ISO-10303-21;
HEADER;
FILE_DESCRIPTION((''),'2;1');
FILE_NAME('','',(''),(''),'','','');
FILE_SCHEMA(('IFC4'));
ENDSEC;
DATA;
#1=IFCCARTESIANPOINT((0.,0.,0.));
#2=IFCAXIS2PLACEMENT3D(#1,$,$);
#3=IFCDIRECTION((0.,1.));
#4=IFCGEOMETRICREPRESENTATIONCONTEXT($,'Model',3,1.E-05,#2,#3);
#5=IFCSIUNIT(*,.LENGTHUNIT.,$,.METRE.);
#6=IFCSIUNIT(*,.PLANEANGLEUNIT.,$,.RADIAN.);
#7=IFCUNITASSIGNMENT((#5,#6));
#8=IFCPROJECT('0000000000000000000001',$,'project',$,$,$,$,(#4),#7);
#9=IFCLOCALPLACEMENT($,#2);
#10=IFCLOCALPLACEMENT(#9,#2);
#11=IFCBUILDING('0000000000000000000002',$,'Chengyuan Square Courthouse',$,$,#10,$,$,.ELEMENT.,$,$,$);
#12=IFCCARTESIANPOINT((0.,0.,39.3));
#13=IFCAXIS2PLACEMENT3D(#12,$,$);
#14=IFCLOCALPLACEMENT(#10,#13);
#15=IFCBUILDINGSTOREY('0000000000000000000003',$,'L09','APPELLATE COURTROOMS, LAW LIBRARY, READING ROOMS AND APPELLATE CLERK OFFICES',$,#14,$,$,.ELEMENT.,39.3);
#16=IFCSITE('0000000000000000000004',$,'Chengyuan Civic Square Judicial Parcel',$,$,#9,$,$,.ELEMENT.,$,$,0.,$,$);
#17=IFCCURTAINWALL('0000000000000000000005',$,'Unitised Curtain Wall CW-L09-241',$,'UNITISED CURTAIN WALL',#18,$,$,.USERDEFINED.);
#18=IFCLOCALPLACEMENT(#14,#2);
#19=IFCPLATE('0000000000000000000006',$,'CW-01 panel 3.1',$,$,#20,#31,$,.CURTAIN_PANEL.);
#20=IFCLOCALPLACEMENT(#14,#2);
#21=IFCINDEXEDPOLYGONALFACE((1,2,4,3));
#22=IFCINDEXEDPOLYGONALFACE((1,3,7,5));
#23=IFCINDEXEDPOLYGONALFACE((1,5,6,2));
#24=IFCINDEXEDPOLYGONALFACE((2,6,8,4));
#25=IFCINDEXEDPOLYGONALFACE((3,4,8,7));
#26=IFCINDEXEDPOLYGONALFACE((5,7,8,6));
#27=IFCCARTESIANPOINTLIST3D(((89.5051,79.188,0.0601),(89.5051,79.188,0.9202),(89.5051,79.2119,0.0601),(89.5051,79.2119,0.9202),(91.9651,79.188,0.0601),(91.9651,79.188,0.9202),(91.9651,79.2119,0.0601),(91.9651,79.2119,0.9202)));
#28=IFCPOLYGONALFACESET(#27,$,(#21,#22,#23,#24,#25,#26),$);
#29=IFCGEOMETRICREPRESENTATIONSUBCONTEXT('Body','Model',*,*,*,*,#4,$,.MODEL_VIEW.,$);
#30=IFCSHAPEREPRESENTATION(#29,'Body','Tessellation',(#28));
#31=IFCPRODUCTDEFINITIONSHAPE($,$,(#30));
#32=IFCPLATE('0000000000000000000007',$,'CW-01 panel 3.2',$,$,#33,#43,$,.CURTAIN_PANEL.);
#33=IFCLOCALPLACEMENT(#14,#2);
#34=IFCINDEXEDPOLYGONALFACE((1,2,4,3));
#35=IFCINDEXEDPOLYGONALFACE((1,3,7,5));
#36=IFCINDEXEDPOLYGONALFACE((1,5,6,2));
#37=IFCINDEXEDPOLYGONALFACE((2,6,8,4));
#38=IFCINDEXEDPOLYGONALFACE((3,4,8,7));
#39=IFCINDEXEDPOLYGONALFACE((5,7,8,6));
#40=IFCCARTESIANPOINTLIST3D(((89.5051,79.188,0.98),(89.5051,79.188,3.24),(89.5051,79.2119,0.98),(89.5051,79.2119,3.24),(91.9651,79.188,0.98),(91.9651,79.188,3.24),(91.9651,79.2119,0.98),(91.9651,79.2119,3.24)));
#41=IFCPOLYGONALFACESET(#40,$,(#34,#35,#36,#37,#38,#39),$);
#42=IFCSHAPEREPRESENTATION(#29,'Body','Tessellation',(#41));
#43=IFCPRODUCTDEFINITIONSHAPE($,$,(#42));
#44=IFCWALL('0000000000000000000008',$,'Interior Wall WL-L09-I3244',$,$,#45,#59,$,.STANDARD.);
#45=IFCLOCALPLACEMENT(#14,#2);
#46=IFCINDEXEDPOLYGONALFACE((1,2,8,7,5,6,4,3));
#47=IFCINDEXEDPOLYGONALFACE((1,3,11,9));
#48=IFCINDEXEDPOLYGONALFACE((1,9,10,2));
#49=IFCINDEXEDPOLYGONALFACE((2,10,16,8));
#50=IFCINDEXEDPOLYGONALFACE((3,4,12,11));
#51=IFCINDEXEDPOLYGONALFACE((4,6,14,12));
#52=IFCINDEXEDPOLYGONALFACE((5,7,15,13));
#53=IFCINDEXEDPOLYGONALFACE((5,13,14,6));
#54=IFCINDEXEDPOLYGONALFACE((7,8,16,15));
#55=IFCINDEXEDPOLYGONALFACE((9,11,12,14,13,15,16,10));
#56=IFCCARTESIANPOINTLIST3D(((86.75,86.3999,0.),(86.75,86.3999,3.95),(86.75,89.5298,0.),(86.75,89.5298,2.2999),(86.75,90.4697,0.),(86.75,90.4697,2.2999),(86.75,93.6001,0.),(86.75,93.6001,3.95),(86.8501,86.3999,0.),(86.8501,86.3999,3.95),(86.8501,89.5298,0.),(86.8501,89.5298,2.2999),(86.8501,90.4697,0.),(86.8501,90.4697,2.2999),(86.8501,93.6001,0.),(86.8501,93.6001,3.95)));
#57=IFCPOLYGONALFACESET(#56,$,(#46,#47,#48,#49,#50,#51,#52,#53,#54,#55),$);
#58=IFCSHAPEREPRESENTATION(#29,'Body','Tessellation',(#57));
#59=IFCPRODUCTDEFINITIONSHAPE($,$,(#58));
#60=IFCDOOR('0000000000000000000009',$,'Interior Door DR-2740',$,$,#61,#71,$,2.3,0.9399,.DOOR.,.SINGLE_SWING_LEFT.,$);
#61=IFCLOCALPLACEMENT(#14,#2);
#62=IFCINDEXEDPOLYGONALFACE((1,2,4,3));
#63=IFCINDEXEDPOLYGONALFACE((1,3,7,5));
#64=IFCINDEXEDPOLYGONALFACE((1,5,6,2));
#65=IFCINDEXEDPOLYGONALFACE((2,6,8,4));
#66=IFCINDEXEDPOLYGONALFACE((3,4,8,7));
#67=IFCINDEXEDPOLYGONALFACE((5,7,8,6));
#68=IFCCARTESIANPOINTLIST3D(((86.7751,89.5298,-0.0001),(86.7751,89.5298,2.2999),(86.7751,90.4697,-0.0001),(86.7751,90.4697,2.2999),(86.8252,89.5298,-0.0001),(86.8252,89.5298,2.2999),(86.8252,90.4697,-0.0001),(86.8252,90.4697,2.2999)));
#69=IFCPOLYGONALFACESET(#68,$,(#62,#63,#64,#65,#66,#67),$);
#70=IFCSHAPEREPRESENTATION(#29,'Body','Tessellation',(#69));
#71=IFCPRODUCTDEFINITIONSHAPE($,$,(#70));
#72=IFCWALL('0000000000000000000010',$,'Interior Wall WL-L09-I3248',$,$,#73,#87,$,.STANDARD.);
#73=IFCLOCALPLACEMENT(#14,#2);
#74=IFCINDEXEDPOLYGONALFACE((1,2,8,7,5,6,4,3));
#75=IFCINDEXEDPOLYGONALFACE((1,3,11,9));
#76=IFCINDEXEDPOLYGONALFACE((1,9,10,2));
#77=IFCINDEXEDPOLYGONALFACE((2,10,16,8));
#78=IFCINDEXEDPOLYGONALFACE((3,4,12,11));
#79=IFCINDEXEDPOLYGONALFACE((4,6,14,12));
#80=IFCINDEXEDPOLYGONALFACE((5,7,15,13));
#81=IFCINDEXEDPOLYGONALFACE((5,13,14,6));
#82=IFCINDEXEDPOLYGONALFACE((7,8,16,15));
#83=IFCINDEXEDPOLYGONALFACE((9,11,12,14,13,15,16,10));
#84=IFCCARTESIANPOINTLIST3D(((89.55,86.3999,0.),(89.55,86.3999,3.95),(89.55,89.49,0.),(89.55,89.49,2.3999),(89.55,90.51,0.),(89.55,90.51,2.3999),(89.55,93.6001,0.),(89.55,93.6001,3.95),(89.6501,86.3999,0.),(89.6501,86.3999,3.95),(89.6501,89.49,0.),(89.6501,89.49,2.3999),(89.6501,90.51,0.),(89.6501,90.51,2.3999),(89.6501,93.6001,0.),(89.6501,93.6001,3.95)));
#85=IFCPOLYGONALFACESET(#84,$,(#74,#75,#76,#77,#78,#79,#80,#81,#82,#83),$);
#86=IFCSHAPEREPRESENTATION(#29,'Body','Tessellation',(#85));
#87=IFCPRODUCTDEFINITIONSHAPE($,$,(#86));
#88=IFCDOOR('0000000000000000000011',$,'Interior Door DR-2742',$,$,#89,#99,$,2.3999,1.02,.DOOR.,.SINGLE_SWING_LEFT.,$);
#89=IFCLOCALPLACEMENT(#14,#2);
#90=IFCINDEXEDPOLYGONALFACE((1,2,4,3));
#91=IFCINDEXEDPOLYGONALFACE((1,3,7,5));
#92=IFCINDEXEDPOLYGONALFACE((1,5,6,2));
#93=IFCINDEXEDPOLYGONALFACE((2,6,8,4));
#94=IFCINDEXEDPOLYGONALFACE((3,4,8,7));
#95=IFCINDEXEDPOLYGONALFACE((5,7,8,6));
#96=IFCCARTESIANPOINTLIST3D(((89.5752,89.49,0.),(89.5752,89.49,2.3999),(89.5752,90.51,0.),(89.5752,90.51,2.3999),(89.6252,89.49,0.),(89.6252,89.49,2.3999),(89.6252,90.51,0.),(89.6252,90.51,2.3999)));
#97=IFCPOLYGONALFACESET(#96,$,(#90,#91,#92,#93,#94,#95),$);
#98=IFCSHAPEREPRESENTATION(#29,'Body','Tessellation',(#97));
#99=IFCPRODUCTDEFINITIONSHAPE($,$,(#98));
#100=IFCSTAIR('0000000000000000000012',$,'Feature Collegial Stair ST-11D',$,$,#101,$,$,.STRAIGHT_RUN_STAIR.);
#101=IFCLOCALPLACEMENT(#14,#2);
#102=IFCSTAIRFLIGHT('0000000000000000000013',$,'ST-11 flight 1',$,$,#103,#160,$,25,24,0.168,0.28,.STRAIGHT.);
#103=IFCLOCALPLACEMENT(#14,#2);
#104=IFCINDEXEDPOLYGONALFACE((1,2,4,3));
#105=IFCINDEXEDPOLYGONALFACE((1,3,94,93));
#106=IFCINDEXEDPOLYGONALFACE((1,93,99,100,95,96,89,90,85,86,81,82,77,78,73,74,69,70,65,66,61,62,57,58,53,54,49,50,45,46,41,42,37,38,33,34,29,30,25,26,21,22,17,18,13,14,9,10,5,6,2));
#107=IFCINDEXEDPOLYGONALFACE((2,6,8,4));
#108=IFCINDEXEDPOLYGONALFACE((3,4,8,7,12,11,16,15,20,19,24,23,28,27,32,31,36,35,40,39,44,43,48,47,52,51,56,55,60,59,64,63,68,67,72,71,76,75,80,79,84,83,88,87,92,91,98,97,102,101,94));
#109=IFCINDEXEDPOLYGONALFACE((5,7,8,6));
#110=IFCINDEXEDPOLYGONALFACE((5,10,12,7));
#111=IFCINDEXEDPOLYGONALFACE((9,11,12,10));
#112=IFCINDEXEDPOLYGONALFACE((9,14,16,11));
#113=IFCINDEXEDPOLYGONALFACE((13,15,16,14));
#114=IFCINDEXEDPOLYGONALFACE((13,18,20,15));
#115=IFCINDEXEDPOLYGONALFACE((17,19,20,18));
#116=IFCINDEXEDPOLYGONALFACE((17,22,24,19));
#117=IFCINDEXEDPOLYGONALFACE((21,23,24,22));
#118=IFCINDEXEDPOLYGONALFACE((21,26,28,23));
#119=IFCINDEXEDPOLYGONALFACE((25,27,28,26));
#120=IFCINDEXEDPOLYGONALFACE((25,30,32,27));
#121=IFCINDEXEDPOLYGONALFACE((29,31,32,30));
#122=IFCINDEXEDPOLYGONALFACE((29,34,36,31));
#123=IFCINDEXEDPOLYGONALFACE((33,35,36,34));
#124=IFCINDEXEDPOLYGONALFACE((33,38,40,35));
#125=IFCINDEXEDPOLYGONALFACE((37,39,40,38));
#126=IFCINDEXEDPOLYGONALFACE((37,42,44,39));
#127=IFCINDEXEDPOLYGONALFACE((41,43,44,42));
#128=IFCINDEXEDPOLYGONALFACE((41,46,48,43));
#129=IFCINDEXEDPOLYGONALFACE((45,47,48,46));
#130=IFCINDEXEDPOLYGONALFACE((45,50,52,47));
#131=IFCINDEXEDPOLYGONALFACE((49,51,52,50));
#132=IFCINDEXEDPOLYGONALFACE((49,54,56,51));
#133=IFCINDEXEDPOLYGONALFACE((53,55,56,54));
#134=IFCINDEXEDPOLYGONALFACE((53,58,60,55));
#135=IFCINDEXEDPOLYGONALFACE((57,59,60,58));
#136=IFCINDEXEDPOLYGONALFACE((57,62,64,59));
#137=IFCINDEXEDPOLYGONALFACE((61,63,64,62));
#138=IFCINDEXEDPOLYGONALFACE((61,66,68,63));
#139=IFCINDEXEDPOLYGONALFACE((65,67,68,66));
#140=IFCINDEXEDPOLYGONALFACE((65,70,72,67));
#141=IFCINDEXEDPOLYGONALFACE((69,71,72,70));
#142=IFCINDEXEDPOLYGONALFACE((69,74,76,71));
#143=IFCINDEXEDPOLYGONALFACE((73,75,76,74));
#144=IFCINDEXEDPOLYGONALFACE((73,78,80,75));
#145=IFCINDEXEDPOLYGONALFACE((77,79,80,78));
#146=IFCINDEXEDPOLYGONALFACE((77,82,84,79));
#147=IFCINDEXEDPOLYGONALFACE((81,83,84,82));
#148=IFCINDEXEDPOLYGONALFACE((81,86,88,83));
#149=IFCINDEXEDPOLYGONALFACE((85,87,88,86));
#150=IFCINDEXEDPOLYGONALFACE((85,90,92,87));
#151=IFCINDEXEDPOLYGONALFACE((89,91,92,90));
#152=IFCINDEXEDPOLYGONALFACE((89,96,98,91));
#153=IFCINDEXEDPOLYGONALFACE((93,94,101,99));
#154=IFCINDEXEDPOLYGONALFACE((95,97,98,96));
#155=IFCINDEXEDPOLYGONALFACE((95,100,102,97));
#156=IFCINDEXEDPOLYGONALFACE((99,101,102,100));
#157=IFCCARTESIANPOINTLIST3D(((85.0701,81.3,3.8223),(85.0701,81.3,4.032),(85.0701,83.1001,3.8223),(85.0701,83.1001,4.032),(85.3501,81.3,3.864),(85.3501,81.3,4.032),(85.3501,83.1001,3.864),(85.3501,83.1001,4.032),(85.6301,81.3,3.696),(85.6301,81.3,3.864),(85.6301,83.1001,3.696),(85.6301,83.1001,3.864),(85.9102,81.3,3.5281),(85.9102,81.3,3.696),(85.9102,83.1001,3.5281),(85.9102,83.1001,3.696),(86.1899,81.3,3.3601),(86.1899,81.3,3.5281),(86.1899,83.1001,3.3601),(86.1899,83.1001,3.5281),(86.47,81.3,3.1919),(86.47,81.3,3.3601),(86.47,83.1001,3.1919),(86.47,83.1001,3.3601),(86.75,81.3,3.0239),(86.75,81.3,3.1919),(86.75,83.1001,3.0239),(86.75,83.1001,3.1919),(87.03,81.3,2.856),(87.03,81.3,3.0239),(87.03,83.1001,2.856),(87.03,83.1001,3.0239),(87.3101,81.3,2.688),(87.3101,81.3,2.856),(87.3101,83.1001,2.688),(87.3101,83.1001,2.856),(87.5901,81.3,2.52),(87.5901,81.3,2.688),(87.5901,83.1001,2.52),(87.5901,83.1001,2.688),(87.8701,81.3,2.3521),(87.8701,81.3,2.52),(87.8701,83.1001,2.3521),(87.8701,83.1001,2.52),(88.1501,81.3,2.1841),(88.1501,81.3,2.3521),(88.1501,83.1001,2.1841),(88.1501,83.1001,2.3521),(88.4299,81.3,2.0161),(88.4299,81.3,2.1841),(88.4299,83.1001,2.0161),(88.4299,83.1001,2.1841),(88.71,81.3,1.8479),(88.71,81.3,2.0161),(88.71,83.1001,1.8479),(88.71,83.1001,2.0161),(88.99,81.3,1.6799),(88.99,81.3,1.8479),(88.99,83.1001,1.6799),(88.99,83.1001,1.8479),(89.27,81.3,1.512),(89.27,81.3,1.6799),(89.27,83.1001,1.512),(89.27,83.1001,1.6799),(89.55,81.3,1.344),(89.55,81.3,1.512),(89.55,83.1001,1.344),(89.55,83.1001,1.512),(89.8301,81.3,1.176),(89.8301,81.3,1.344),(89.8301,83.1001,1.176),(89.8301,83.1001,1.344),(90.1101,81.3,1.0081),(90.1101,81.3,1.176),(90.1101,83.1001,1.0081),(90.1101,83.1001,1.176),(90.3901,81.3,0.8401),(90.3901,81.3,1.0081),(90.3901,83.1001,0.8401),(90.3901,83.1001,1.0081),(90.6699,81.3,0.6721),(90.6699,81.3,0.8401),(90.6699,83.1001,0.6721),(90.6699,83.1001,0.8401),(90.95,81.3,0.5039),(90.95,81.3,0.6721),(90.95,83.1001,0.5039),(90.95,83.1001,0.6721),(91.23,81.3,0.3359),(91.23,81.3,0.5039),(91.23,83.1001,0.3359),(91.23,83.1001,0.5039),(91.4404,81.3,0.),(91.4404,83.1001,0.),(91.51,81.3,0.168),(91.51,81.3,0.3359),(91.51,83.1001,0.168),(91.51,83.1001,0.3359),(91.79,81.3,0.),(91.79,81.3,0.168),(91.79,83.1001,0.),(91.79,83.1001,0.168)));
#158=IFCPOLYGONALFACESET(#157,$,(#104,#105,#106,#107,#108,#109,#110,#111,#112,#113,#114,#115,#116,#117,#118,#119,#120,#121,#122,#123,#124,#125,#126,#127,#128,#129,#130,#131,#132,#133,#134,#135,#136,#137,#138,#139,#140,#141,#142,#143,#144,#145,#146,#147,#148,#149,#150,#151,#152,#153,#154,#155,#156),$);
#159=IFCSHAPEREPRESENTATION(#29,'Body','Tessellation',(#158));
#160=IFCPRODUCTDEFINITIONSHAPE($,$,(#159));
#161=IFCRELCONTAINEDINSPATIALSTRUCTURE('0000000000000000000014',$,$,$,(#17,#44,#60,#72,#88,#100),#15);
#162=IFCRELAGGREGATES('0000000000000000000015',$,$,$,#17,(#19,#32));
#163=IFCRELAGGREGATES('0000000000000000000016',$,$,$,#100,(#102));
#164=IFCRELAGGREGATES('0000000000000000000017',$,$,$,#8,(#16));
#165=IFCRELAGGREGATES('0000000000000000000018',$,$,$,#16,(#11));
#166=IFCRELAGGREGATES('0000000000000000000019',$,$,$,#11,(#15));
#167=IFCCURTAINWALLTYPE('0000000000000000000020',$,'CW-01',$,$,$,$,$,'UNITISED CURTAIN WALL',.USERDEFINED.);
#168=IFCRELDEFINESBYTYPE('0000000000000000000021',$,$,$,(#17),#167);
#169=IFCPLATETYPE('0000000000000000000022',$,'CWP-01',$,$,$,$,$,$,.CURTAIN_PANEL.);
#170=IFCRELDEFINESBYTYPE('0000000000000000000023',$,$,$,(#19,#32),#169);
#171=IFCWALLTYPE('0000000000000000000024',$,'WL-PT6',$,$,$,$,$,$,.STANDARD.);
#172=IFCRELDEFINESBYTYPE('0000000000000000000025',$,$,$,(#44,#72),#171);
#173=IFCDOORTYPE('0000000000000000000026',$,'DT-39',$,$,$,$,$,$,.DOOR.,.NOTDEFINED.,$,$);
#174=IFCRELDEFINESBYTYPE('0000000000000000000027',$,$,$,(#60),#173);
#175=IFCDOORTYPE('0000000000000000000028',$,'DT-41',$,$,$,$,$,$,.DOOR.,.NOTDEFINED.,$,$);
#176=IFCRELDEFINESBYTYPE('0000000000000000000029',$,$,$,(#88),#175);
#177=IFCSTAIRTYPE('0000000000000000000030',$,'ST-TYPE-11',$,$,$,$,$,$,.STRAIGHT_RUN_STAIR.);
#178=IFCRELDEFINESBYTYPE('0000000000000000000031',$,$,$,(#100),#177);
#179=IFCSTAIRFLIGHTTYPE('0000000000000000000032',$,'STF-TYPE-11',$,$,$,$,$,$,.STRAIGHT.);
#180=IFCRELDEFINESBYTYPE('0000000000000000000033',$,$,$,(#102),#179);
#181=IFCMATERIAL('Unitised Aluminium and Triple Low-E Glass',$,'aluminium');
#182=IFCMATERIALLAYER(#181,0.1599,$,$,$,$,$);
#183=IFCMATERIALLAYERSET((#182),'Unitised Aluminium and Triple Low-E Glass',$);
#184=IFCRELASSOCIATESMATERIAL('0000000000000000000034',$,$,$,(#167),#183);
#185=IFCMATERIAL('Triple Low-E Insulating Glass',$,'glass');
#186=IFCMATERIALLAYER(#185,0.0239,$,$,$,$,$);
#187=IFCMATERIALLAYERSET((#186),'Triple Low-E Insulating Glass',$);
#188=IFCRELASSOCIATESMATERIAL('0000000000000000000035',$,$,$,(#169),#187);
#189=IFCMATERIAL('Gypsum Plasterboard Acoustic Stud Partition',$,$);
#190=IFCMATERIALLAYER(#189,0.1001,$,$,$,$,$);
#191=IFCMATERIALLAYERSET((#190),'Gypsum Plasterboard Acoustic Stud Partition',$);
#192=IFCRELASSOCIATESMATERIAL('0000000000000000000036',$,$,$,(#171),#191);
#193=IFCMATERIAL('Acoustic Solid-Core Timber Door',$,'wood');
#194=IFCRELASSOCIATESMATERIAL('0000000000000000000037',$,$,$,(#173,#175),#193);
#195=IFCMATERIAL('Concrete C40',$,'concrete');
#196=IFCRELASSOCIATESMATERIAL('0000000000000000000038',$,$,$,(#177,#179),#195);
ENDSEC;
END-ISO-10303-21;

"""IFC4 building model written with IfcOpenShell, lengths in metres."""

from ifc_helpers import new_model, si_unit, direction, frame, frame_2d, origin, origin_2d, place, context, subcontext, project, spatial, polyline, rectangle, outline, extrude, material, layer, layer_set, type_object, element, fill, aggregate, save


model = new_model("IFC4")

# Units and contexts
model_context = context("Model", 3, precision=1e-05, world=origin(), true_north=direction((0.0, 1.0)))
body_context = subcontext(model_context, "Body", "Model", "MODEL_VIEW")
ifc_project = project(units=[si_unit("LENGTHUNIT", "METRE"), si_unit("PLANEANGLEUNIT", "RADIAN")], contexts=[model_context])

# Site, building, storey
site_placement = place(None, origin())
site = spatial("IfcSite", under=ifc_project, at=site_placement, Name="Chengyuan Civic Square Judicial Parcel", CompositionType="ELEMENT", RefElevation=0.0)
building_placement = place(site_placement, origin())
building = spatial("IfcBuilding", under=site, at=building_placement, Name="Chengyuan Square Courthouse", CompositionType="ELEMENT")
storey_placement = place(building_placement, frame((0.0, 0.0, 39.3)))
storey = spatial("IfcBuildingStorey", under=building, at=storey_placement, Name="L09", Description="APPELLATE COURTROOMS, LAW LIBRARY, READING ROOMS AND APPELLATE CLERK OFFICES", CompositionType="ELEMENT", Elevation=39.3)

# Curtain wall, plates
ifc_material_1 = material(Name="Unitised Aluminium and Triple Low-E Glass", Category="aluminium")
ifc_layer_1 = layer(ifc_material_1, 0.1599)
ifc_layer_set_1 = layer_set([ifc_layer_1], Name="Unitised Aluminium and Triple Low-E Glass")
curtain_wall_type = type_object("IfcCurtainWallType", Name="CW-01", ElementType="UNITISED CURTAIN WALL", PredefinedType="USERDEFINED", material=ifc_layer_set_1)
curtain_wall_placement = place(storey_placement, origin())
curtain_wall = element("IfcCurtainWall", 1, at=curtain_wall_placement, inside=storey, type_object=curtain_wall_type, Name="Unitised Curtain Wall CW-L09-241", ObjectType="UNITISED CURTAIN WALL", PredefinedType="USERDEFINED")
ifc_material_2 = material(Name="Triple Low-E Insulating Glass", Category="glass")
ifc_layer_2 = layer(ifc_material_2, 0.0239)
ifc_layer_set_2 = layer_set([ifc_layer_2], Name="Triple Low-E Insulating Glass")
plate_type = type_object("IfcPlateType", Name="CWP-01", PredefinedType="CURTAIN_PANEL", material=ifc_layer_set_2)
plate_1_placement = place(storey_placement, frame((90.7351, 79.2, 0.0601), z_axis=(0.0, 0.0, 1.0), x_axis=(1.0, 0.0, 0.0)))
plate_1 = element("IfcPlate", 2, at=plate_1_placement, type_object=plate_type, Name="CW-01 panel 3.1", PredefinedType="CURTAIN_PANEL", context=body_context, shape_type="SweptSolid", body=[
    extrude(rectangle(XDim=2.46, YDim=0.0239, at=origin_2d()), origin(), (0.0, 0.0, 1.0), 0.8601),
])
plate_2_placement = place(storey_placement, frame((90.7351, 79.2, 0.98), z_axis=(0.0, 0.0, 1.0), x_axis=(1.0, 0.0, 0.0)))
plate_2 = element("IfcPlate", 3, at=plate_2_placement, type_object=plate_type, Name="CW-01 panel 3.2", PredefinedType="CURTAIN_PANEL", context=body_context, shape_type="SweptSolid", body=[
    extrude(rectangle(XDim=2.46, YDim=0.0239, at=origin_2d()), origin(), (0.0, 0.0, 1.0), 2.26),
])
aggregate(curtain_wall, [plate_1, plate_2])

# Walls, openings, doors
ifc_material_3 = material(Name="Gypsum Plasterboard Acoustic Stud Partition")
ifc_layer_3 = layer(ifc_material_3, 0.1001)
ifc_layer_set_3 = layer_set([ifc_layer_3], Name="Gypsum Plasterboard Acoustic Stud Partition")
wall_type = type_object("IfcWallType", Name="WL-PT6", PredefinedType="STANDARD", material=ifc_layer_set_3)
wall_1_placement = place(storey_placement, frame((86.8, 86.3999, 0.0), z_axis=(0.0, 0.0, 1.0), x_axis=(0.0, 1.0, 0.0)))
wall_1 = element("IfcWall", 4, at=wall_1_placement, inside=storey, type_object=wall_type, Name="Interior Wall WL-L09-I3244", PredefinedType="STANDARD", context=body_context, shape_type="SweptSolid", body=[
    extrude(rectangle(XDim=7.2002, YDim=0.1001, at=frame_2d((3.6001, 0.0))), origin(), (0.0, 0.0, 1.0), 3.95),
])
opening_1_placement = place(wall_1_placement, frame((3.1299, 0.0, 0.0)))
opening_1 = element("IfcOpeningElement", 5, at=opening_1_placement, cuts=wall_1, PredefinedType="OPENING", context=body_context, shape_type="SweptSolid", body=[
    extrude(rectangle(XDim=0.9399, YDim=2.3, at=frame_2d((0.47, 1.1499))), frame((0.0, 0.062, 0.0), z_axis=(0.0, -1.0, 0.0), x_axis=(1.0, 0.0, 0.0)), (0.0, 0.0, 1.0), 0.124),
])
ifc_material_4 = material(Name="Acoustic Solid-Core Timber Door", Category="wood")
door_type_1 = type_object("IfcDoorType", Name="DT-39", OperationType="NOTDEFINED", PredefinedType="DOOR", material=ifc_material_4)
door_1_placement = place(opening_1_placement, origin())
door_1 = element("IfcDoor", 6, at=door_1_placement, inside=storey, type_object=door_type_1, Name="Interior Door DR-2740", OperationType="SINGLE_SWING_LEFT", OverallHeight=2.3, OverallWidth=0.9399, PredefinedType="DOOR", context=body_context, shape_type="SweptSolid", body=[
    extrude(rectangle(XDim=0.9399, YDim=2.3, at=frame_2d((0.47, 1.1499))), frame((0.0, 0.0249, 0.0), z_axis=(0.0, -1.0, 0.0), x_axis=(1.0, 0.0, 0.0)), (0.0, 0.0, 1.0), 0.05),
])
fill(opening_1, door_1)
wall_2_placement = place(storey_placement, frame((89.6001, 86.3999, 0.0), z_axis=(0.0, 0.0, 1.0), x_axis=(0.0, 1.0, 0.0)))
wall_2 = element("IfcWall", 7, at=wall_2_placement, inside=storey, type_object=wall_type, Name="Interior Wall WL-L09-I3248", PredefinedType="STANDARD", context=body_context, shape_type="SweptSolid", body=[
    extrude(rectangle(XDim=7.2002, YDim=0.1001, at=frame_2d((3.6001, 0.0))), origin(), (0.0, 0.0, 1.0), 3.95),
])
opening_2_placement = place(wall_2_placement, frame((3.0901, 0.0, 0.0)))
opening_2 = element("IfcOpeningElement", 8, at=opening_2_placement, cuts=wall_2, PredefinedType="OPENING", context=body_context, shape_type="SweptSolid", body=[
    extrude(rectangle(XDim=1.02, YDim=2.3999, at=frame_2d((0.51, 1.2))), frame((0.0, 0.062, 0.0), z_axis=(0.0, -1.0, 0.0), x_axis=(1.0, 0.0, 0.0)), (0.0, 0.0, 1.0), 0.124),
])
door_type_2 = type_object("IfcDoorType", Name="DT-41", OperationType="NOTDEFINED", PredefinedType="DOOR", material=ifc_material_4)
door_2_placement = place(opening_2_placement, origin())
door_2 = element("IfcDoor", 9, at=door_2_placement, inside=storey, type_object=door_type_2, Name="Interior Door DR-2742", OperationType="SINGLE_SWING_LEFT", OverallHeight=2.3999, OverallWidth=1.02, PredefinedType="DOOR", context=body_context, shape_type="SweptSolid", body=[
    extrude(rectangle(XDim=1.02, YDim=2.3999, at=frame_2d((0.51, 1.2))), frame((0.0, 0.0249, 0.0), z_axis=(0.0, -1.0, 0.0), x_axis=(1.0, 0.0, 0.0)), (0.0, 0.0, 1.0), 0.05),
])
fill(opening_2, door_2)

# Stair, stair flight
ifc_material_5 = material(Name="Concrete C40", Category="concrete")
stair_type = type_object("IfcStairType", Name="ST-TYPE-11", PredefinedType="STRAIGHT_RUN_STAIR", material=ifc_material_5)
stair_placement = place(storey_placement, origin())
stair = element("IfcStair", 10, at=stair_placement, inside=storey, type_object=stair_type, Name="Feature Collegial Stair ST-11D", PredefinedType="STRAIGHT_RUN_STAIR")
stair_flight_type = type_object("IfcStairFlightType", Name="STF-TYPE-11", PredefinedType="STRAIGHT", material=ifc_material_5)
stair_flight_placement = place(storey_placement, frame((91.79, 82.2, 0.0), z_axis=(0.0, 0.0, 1.0), x_axis=(-1.0, 0.0, 0.0)))
stair_flight = element("IfcStairFlight", 11, at=stair_flight_placement, type_object=stair_flight_type, Name="ST-11 flight 1", NumberOfRisers=25, NumberOfTreads=24, PredefinedType="STRAIGHT", RiserHeight=0.168, TreadLength=0.28, context=body_context, shape_type="SweptSolid", body=[
    extrude(outline(polyline([(0.0, 0.0), (0.0, 0.168), (0.28, 0.168), (0.28, 0.3359), (0.5601, 0.3359), (0.5601, 0.5039), (0.8401, 0.5039), (0.8401, 0.6721), (1.1201, 0.6721), (1.1201, 0.8401), (1.3999, 0.8401), (1.3999, 1.0081), (1.6799, 1.0081), (1.6799, 1.176), (1.96, 1.176), (1.96, 1.344), (2.24, 1.344), (2.24, 1.512), (2.52, 1.512), (2.52, 1.6799), (2.8, 1.6799), (2.8, 1.8479), (3.0801, 1.8479), (3.0801, 2.0161), (3.3601, 2.0161), (3.3601, 2.1841), (3.6399, 2.1841), (3.6399, 2.3521), (3.9199, 2.3521), (3.9199, 2.52), (4.2, 2.52), (4.2, 2.688), (4.48, 2.688), (4.48, 2.856), (4.76, 2.856), (4.76, 3.0239), (5.04, 3.0239), (5.04, 3.1919), (5.3201, 3.1919), (5.3201, 3.3601), (5.6001, 3.3601), (5.6001, 3.5281), (5.8799, 3.5281), (5.8799, 3.696), (6.1599, 3.696), (6.1599, 3.864), (6.4399, 3.864), (6.4399, 4.032), (6.72, 4.032), (6.72, 4.2), (6.72, 3.8223), (0.3496, 0.0), (0.0, 0.0)])), frame((0.0, 0.8999, 0.0), z_axis=(0.0, -1.0, 0.0), x_axis=(1.0, 0.0, 0.0)), (0.0, 0.0, 1.0), 1.8),
])
aggregate(stair, [stair_flight])

save(model, "model.ifc")
